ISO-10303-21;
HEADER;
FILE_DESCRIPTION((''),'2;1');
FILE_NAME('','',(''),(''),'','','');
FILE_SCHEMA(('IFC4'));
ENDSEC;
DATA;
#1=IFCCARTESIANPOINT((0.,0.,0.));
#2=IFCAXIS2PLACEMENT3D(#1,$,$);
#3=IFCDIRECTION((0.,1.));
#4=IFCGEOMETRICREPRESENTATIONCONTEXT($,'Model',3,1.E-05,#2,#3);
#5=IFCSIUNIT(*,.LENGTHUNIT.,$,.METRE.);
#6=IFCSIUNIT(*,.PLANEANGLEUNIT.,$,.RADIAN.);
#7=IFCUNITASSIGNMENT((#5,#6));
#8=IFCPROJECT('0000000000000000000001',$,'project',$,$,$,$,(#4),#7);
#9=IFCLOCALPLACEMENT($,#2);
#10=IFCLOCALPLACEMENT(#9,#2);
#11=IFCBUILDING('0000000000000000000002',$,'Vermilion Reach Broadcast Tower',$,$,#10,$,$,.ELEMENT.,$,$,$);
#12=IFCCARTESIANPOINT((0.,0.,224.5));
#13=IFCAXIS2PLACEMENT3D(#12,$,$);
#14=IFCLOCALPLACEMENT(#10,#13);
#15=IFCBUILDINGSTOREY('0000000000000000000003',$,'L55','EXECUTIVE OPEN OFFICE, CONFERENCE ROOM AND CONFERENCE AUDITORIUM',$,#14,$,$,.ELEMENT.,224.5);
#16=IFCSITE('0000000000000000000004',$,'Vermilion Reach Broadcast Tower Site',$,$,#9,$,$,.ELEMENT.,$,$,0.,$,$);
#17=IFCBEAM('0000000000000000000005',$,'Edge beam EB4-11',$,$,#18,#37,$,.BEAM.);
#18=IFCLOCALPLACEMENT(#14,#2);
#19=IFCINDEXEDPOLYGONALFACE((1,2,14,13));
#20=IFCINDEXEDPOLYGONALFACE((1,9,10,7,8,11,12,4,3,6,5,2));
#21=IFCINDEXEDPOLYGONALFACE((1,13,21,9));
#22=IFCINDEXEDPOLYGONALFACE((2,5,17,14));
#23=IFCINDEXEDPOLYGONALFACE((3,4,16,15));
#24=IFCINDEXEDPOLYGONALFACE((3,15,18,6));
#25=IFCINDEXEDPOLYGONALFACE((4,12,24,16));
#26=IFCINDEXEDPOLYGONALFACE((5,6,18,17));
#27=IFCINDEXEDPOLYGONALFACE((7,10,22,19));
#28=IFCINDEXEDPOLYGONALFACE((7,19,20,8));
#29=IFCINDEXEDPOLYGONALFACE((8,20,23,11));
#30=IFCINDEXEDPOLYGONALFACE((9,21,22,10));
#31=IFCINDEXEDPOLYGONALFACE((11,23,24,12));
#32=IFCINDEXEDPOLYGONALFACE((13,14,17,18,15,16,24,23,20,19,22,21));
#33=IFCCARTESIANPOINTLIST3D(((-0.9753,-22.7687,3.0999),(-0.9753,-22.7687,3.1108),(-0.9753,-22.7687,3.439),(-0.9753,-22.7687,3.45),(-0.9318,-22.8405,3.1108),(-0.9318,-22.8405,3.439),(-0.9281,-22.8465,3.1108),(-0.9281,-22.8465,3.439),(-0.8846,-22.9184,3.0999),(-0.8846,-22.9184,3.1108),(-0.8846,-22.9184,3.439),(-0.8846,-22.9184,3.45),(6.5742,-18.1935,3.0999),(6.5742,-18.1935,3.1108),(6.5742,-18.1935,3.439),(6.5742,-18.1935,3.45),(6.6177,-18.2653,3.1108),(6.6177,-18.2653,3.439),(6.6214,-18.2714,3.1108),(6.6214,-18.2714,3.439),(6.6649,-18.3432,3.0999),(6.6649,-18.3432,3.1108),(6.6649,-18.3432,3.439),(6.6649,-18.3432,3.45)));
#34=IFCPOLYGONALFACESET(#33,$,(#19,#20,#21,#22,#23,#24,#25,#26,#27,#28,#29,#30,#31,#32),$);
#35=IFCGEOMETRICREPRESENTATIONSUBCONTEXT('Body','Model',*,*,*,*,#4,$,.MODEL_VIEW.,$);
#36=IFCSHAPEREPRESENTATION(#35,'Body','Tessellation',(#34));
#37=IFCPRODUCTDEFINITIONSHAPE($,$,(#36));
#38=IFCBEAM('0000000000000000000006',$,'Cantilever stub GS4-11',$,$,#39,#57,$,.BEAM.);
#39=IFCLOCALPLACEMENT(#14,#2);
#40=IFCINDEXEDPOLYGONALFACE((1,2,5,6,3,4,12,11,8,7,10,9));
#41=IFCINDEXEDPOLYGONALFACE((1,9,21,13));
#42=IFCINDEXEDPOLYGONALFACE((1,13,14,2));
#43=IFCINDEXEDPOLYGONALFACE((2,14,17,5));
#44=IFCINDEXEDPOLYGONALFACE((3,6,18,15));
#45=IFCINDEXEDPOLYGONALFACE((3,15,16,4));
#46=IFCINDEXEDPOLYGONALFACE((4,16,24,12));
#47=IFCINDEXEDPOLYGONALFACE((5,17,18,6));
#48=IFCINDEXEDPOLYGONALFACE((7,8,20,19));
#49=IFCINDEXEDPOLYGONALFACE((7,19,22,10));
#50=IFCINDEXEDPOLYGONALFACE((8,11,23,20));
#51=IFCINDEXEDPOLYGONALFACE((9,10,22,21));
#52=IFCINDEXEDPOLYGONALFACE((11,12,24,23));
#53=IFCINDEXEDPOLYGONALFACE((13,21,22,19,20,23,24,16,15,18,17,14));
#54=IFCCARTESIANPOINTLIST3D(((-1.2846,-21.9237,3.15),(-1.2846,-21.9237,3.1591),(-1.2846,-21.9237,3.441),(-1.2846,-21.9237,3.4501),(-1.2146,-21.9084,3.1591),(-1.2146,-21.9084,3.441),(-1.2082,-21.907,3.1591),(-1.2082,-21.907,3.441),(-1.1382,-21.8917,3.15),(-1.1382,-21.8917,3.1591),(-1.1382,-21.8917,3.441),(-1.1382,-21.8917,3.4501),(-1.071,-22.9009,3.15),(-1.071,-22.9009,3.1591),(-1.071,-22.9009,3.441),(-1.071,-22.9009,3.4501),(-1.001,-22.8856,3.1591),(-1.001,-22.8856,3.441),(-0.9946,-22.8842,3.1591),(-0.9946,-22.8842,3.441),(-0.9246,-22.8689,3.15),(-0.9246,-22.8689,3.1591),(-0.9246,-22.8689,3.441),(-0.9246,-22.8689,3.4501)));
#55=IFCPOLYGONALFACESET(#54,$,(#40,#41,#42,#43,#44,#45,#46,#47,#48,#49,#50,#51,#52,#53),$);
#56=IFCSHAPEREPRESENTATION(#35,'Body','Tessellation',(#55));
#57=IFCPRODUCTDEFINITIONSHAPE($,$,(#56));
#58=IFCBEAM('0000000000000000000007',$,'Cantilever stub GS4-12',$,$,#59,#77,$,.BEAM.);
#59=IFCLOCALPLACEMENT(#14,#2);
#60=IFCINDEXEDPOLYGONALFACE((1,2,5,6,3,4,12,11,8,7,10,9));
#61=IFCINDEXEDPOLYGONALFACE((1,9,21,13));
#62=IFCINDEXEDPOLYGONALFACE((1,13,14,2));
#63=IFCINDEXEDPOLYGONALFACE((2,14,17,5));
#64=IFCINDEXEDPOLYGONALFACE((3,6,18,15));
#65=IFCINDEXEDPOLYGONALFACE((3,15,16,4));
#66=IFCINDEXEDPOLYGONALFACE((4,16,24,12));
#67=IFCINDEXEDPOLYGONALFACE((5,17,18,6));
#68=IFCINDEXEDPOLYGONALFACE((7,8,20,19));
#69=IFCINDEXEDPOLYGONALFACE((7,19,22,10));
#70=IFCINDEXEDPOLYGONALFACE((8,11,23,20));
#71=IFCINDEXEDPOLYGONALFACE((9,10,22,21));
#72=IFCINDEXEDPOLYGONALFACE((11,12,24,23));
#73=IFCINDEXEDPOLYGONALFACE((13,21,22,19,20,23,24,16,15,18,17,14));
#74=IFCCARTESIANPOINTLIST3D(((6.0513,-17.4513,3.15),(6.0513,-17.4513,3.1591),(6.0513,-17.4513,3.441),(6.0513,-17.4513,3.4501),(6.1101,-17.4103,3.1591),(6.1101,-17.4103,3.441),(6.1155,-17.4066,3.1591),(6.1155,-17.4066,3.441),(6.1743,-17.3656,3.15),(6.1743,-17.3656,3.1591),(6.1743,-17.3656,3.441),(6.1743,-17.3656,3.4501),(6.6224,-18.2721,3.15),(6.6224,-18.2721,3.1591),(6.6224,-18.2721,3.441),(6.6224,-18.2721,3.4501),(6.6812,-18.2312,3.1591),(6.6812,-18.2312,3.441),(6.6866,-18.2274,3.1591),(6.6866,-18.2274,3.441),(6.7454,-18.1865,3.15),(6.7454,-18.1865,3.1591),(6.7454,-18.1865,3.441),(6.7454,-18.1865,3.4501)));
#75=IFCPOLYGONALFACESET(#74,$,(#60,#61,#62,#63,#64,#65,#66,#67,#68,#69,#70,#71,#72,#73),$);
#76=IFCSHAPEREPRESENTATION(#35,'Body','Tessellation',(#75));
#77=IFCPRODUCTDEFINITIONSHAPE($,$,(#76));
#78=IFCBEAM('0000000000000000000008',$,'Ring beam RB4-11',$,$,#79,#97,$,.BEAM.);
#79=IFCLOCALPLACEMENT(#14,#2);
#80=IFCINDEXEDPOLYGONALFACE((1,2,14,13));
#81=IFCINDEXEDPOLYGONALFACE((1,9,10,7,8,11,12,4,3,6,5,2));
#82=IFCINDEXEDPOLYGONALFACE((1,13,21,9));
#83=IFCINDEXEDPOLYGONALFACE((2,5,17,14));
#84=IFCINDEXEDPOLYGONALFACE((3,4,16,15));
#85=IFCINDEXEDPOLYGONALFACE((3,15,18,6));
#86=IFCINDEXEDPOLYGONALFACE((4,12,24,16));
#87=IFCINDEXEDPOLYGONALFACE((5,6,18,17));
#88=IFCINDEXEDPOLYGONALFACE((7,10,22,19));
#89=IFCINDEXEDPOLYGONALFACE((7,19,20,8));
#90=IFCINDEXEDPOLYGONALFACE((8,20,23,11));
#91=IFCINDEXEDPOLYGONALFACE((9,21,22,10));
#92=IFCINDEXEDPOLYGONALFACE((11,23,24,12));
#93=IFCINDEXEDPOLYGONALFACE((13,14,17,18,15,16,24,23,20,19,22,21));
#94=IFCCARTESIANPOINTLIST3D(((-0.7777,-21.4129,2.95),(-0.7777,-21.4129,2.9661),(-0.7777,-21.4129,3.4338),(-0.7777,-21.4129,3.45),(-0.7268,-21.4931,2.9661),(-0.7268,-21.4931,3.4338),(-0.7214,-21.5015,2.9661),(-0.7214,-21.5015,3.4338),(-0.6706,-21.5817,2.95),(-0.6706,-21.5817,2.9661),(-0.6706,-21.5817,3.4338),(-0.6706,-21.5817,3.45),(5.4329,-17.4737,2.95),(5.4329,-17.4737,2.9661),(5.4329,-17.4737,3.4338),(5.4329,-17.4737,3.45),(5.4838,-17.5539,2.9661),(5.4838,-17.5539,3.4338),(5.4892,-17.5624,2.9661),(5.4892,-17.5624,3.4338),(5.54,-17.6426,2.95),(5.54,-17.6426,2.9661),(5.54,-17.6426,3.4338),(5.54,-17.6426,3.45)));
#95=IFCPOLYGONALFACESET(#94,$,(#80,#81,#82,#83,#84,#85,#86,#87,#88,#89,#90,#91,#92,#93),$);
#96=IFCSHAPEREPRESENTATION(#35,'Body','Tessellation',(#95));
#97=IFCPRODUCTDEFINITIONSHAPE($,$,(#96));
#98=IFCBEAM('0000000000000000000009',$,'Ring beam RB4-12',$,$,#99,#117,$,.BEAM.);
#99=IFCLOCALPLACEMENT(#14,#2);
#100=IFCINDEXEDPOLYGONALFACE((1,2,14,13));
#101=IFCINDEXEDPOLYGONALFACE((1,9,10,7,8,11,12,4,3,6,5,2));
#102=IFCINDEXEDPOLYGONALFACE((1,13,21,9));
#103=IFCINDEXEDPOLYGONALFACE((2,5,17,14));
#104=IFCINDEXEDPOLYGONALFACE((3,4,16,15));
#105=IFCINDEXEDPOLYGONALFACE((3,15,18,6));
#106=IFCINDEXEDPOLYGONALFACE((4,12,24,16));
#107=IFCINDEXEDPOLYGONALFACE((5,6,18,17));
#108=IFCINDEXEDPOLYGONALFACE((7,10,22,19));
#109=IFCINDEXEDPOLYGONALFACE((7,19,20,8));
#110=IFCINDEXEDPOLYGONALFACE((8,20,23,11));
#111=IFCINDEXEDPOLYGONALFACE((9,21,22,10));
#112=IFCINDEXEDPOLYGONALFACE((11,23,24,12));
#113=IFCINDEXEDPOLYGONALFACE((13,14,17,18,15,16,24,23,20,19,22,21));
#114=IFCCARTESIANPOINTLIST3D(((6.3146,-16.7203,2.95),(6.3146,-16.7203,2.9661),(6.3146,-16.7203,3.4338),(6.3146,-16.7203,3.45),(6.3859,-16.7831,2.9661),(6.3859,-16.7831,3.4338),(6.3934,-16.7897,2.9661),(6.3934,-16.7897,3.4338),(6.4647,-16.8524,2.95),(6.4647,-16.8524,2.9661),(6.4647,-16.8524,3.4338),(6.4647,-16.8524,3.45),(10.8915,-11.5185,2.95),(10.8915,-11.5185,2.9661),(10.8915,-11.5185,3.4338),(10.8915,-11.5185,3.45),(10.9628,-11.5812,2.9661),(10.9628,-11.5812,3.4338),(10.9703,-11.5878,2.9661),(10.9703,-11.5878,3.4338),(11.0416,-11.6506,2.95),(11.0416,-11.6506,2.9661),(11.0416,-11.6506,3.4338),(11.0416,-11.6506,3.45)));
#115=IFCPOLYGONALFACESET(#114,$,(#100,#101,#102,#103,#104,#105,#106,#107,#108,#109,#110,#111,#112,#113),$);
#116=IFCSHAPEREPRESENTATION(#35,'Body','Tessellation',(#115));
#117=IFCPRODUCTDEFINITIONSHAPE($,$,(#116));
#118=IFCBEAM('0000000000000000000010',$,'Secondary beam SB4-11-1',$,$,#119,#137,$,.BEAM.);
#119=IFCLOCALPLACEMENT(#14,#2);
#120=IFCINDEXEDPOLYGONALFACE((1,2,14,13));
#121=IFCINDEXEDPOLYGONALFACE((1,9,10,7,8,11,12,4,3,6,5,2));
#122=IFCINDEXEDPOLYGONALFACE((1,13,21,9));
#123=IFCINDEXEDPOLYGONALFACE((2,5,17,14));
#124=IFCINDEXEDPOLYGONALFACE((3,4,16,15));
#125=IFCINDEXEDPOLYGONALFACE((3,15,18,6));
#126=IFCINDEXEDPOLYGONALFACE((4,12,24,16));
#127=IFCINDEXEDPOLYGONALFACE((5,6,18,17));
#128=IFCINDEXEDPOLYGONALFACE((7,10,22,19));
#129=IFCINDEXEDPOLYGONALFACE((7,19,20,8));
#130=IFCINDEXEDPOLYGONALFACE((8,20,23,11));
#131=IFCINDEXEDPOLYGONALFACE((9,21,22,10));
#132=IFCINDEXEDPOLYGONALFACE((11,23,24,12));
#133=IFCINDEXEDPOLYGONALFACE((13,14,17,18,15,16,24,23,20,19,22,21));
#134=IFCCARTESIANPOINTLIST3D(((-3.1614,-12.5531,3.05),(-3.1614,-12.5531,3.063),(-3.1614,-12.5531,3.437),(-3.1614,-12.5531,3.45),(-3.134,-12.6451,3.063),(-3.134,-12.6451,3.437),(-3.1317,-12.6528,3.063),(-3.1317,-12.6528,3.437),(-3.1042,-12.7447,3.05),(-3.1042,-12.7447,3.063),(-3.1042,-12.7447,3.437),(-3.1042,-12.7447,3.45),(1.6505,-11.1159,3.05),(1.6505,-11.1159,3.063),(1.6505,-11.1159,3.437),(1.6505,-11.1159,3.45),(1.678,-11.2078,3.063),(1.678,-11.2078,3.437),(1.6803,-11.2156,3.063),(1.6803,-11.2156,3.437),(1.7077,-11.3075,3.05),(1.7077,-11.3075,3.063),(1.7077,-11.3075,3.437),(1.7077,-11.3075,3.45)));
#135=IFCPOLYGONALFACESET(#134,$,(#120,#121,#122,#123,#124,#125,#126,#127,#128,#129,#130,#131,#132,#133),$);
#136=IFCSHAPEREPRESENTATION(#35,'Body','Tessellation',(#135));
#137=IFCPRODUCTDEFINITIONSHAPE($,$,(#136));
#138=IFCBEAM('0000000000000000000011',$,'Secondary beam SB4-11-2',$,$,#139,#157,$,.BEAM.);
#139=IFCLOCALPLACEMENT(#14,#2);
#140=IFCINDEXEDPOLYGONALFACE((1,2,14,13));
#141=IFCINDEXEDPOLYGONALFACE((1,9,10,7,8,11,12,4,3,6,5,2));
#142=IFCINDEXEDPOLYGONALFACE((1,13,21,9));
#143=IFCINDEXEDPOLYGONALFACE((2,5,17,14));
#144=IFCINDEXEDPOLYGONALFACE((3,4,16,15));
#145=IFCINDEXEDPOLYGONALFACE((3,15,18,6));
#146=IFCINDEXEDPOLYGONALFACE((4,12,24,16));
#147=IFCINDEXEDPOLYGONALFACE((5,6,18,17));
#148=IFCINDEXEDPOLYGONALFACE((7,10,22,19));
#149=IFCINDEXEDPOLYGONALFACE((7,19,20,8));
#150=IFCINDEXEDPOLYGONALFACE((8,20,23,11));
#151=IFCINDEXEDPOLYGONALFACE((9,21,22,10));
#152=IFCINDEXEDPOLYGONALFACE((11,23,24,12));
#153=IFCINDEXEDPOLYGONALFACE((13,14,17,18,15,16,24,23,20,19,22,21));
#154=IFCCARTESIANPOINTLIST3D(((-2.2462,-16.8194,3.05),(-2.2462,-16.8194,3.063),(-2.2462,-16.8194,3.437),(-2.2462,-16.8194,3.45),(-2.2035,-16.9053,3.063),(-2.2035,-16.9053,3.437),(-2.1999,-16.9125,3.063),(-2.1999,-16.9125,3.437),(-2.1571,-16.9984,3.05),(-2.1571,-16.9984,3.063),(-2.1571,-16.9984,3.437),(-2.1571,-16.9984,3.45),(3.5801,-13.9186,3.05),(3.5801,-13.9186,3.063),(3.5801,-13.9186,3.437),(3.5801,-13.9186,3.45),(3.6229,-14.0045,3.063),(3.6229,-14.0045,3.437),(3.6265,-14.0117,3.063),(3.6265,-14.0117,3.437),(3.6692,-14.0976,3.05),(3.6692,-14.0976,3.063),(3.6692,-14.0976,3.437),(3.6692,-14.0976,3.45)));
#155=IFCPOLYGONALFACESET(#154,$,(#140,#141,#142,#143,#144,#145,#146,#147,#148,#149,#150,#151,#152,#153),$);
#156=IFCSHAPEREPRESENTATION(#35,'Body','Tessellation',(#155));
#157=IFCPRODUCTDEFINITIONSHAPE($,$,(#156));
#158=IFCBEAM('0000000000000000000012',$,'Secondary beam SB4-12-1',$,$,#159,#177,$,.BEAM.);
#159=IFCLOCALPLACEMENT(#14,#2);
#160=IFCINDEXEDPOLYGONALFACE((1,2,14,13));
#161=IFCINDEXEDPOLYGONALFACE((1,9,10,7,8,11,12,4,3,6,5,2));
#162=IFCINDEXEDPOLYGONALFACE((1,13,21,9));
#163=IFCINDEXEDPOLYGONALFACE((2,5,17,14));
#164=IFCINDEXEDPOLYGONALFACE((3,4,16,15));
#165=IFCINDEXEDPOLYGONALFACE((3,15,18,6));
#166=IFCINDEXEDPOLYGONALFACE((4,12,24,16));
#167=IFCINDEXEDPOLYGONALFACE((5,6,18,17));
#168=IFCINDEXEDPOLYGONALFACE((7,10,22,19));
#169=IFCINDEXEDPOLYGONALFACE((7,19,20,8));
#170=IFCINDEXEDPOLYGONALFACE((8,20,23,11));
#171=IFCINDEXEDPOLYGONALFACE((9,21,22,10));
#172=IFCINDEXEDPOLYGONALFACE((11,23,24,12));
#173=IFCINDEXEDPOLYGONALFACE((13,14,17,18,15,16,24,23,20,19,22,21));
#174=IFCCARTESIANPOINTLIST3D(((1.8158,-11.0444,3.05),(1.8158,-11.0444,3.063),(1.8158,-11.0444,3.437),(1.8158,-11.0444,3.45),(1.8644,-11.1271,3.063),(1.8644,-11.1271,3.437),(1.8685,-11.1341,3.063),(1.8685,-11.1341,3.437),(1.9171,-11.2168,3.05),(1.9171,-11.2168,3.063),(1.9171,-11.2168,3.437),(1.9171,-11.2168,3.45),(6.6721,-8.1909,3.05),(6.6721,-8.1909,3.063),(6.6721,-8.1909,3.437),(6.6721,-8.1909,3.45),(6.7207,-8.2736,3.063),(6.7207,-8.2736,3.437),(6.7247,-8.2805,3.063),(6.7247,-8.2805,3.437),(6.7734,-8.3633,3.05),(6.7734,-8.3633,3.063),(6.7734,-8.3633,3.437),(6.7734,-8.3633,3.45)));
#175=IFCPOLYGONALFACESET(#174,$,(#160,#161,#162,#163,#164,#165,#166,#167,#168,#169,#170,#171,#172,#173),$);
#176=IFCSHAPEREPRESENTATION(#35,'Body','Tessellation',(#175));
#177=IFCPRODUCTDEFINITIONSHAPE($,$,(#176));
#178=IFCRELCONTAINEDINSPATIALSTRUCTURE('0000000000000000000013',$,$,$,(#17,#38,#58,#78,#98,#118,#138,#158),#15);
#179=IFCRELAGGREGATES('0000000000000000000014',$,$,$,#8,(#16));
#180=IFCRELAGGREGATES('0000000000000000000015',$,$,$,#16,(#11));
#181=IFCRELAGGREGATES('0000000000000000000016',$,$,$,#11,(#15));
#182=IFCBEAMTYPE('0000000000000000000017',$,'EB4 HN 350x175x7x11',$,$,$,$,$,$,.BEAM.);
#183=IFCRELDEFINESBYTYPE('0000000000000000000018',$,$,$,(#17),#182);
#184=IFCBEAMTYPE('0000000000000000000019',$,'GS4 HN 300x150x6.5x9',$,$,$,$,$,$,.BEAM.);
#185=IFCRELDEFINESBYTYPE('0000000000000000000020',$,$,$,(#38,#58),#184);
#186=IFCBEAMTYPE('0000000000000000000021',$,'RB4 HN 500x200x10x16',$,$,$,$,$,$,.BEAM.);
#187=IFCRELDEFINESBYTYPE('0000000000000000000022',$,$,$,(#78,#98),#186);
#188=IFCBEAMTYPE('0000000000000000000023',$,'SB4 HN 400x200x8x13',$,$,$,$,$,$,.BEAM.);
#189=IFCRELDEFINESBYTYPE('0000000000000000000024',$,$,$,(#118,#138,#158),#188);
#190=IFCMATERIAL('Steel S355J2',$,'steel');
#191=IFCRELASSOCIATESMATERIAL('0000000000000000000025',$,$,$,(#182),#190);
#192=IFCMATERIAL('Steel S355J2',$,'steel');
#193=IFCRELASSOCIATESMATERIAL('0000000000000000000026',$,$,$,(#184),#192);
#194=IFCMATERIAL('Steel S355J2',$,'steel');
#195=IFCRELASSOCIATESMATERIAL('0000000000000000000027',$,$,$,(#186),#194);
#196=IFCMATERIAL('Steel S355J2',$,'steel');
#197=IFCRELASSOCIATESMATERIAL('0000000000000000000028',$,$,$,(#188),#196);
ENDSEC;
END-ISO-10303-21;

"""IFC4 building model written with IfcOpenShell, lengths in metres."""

from ifc_helpers import new_model, si_unit, direction, frame, origin, origin_2d, place, context, subcontext, project, spatial, i_section, extrude, material, material_profile, profile_set, type_object, element, save


model = new_model("IFC4")

# Units and contexts
model_context = context("Model", 3, precision=1e-05, world=origin(), true_north=direction((0.0, 1.0)))
body_context = subcontext(model_context, "Body", "Model", "MODEL_VIEW")
ifc_project = project(units=[si_unit("LENGTHUNIT", "METRE"), si_unit("PLANEANGLEUNIT", "RADIAN")], contexts=[model_context])

# Site, building, storey
site_placement = place(None, origin())
site = spatial("IfcSite", under=ifc_project, at=site_placement, Name="Vermilion Reach Broadcast Tower Site", CompositionType="ELEMENT", RefElevation=0.0)
building_placement = place(site_placement, origin())
building = spatial("IfcBuilding", under=site, at=building_placement, Name="Vermilion Reach Broadcast Tower", CompositionType="ELEMENT")
storey_placement = place(building_placement, frame((0.0, 0.0, 224.5)))
storey = spatial("IfcBuildingStorey", under=building, at=storey_placement, Name="L55", Description="EXECUTIVE OPEN OFFICE, CONFERENCE ROOM AND CONFERENCE AUDITORIUM", CompositionType="ELEMENT", Elevation=224.5)

# Beams
ifc_material_1 = material(Name="Steel S355J2", Category="steel")
ifc_material_profile_1 = material_profile(ifc_material_1, i_section(OverallWidth=0.175, OverallDepth=0.3501, WebThickness=0.0071, FlangeThickness=0.011, at=origin_2d()), Name="S355J2 HN 350x175x7x11")
ifc_profile_set_1 = profile_set([ifc_material_profile_1], Name="Steel S355J2")
beam_type_1 = type_object("IfcBeamType", Name="EB4 HN 350x175x7x11", PredefinedType="BEAM", material=ifc_profile_set_1)
beam_1_placement = place(storey_placement, frame((-0.9299, -22.8435, 3.2749), z_axis=(0.855213, 0.518277, 0.0), x_axis=(-0.518277, 0.855213, 0.0)))
element("IfcBeam", 1, at=beam_1_placement, inside=storey, type_object=beam_type_1, Name="Edge beam EB4-11", PredefinedType="BEAM", context=body_context, shape_type="SweptSolid", body=[
    extrude(i_section(OverallWidth=0.175, OverallDepth=0.3501, WebThickness=0.0071, FlangeThickness=0.011, at=origin_2d()), origin(), (0.0, 0.0, 1.0), 8.8276),
])
ifc_material_2 = material(Name="Steel S355J2", Category="steel")
ifc_material_profile_2 = material_profile(ifc_material_2, i_section(OverallWidth=0.1499, OverallDepth=0.3, WebThickness=0.0066, FlangeThickness=0.009, at=origin_2d()), Name="S355J2 HN 300x150x6.5x9")
ifc_profile_set_2 = profile_set([ifc_material_profile_2], Name="Steel S355J2")
beam_type_2 = type_object("IfcBeamType", Name="GS4 HN 300x150x6.5x9", PredefinedType="BEAM", material=ifc_profile_set_2)
beam_2_placement = place(storey_placement, frame((-1.2114, -21.9077, 3.3), z_axis=(0.213595, -0.976922, 0.0), x_axis=(0.976922, 0.213595, 0.0)))
element("IfcBeam", 2, at=beam_2_placement, inside=storey, type_object=beam_type_2, Name="Cantilever stub GS4-11", PredefinedType="BEAM", context=body_context, shape_type="SweptSolid", body=[
    extrude(i_section(OverallWidth=0.1499, OverallDepth=0.3, WebThickness=0.0066, FlangeThickness=0.009, at=origin_2d()), origin(), (0.0, 0.0, 1.0), 1.0002),
])
beam_3_placement = place(storey_placement, frame((6.1128, -17.4084, 3.3), z_axis=(0.5711, -0.82088, 0.0), x_axis=(0.82088, 0.5711, 0.0)))
element("IfcBeam", 3, at=beam_3_placement, inside=storey, type_object=beam_type_2, Name="Cantilever stub GS4-12", PredefinedType="BEAM", context=body_context, shape_type="SweptSolid", body=[
    extrude(i_section(OverallWidth=0.1499, OverallDepth=0.3, WebThickness=0.0066, FlangeThickness=0.009, at=origin_2d()), origin(), (0.0, 0.0, 1.0), 1.0),
])
ifc_material_3 = material(Name="Steel S355J2", Category="steel")
ifc_material_profile_3 = material_profile(ifc_material_3, i_section(OverallWidth=0.2, OverallDepth=0.5, WebThickness=0.01, FlangeThickness=0.0161, at=origin_2d()), Name="S355J2 HN 500x200x10x16")
ifc_profile_set_3 = profile_set([ifc_material_profile_3], Name="Steel S355J2")
beam_type_3 = type_object("IfcBeamType", Name="RB4 HN 500x200x10x16", PredefinedType="BEAM", material=ifc_profile_set_3)
beam_4_placement = place(storey_placement, frame((-0.7241, -21.4973, 3.2), z_axis=(0.844464, 0.535612, 0.0), x_axis=(-0.535612, 0.844464, 0.0)))
element("IfcBeam", 4, at=beam_4_placement, inside=storey, type_object=beam_type_3, Name="Ring beam RB4-11", PredefinedType="BEAM", context=body_context, shape_type="SweptSolid", body=[
    extrude(i_section(OverallWidth=0.2, OverallDepth=0.5, WebThickness=0.01, FlangeThickness=0.0161, at=origin_2d()), origin(), (0.0, 0.0, 1.0), 7.3545),
])
beam_5_placement = place(storey_placement, frame((6.3896, -16.7864, 3.2), z_axis=(0.660565, 0.750769, 0.0), x_axis=(-0.750769, 0.660565, 0.0)))
element("IfcBeam", 5, at=beam_5_placement, inside=storey, type_object=beam_type_3, Name="Ring beam RB4-12", PredefinedType="BEAM", context=body_context, shape_type="SweptSolid", body=[
    extrude(i_section(OverallWidth=0.2, OverallDepth=0.5, WebThickness=0.01, FlangeThickness=0.0161, at=origin_2d()), origin(), (0.0, 0.0, 1.0), 6.9287),
])
ifc_material_4 = material(Name="Steel S355J2", Category="steel")
ifc_material_profile_4 = material_profile(ifc_material_4, i_section(OverallWidth=0.2, OverallDepth=0.3999, WebThickness=0.0081, FlangeThickness=0.0129, at=origin_2d()), Name="S355J2 HN 400x200x8x13")
ifc_profile_set_4 = profile_set([ifc_material_profile_4], Name="Steel S355J2")
beam_type_4 = type_object("IfcBeamType", Name="SB4 HN 400x200x8x13", PredefinedType="BEAM", material=ifc_profile_set_4)
beam_6_placement = place(storey_placement, frame((-3.1328, -12.6489, 3.25), z_axis=(0.958173, 0.286188, 0.0), x_axis=(-0.286188, 0.958173, 0.0)))
element("IfcBeam", 6, at=beam_6_placement, inside=storey, type_object=beam_type_4, Name="Secondary beam SB4-11-1", PredefinedType="BEAM", context=body_context, shape_type="SweptSolid", body=[
    extrude(i_section(OverallWidth=0.2, OverallDepth=0.3999, WebThickness=0.0081, FlangeThickness=0.0129, at=origin_2d()), origin(), (0.0, 0.0, 1.0), 5.022),
])
beam_7_placement = place(storey_placement, frame((-2.2017, -16.9089, 3.25), z_axis=(0.895184, 0.445698, 0.0), x_axis=(-0.445698, 0.895184, 0.0)))
element("IfcBeam", 7, at=beam_7_placement, inside=storey, type_object=beam_type_4, Name="Secondary beam SB4-11-2", PredefinedType="BEAM", context=body_context, shape_type="SweptSolid", body=[
    extrude(i_section(OverallWidth=0.2, OverallDepth=0.3999, WebThickness=0.0081, FlangeThickness=0.0129, at=origin_2d()), origin(), (0.0, 0.0, 1.0), 6.5085),
])
beam_8_placement = place(storey_placement, frame((1.8665, -11.1306, 3.25), z_axis=(0.862173, 0.506615, 0.0), x_axis=(-0.506615, 0.862173, 0.0)))
element("IfcBeam", 8, at=beam_8_placement, inside=storey, type_object=beam_type_4, Name="Secondary beam SB4-12-1", PredefinedType="BEAM", context=body_context, shape_type="SweptSolid", body=[
    extrude(i_section(OverallWidth=0.2, OverallDepth=0.3999, WebThickness=0.0081, FlangeThickness=0.0129, at=origin_2d()), origin(), (0.0, 0.0, 1.0), 5.6326),
])

save(model, "model.ifc")
